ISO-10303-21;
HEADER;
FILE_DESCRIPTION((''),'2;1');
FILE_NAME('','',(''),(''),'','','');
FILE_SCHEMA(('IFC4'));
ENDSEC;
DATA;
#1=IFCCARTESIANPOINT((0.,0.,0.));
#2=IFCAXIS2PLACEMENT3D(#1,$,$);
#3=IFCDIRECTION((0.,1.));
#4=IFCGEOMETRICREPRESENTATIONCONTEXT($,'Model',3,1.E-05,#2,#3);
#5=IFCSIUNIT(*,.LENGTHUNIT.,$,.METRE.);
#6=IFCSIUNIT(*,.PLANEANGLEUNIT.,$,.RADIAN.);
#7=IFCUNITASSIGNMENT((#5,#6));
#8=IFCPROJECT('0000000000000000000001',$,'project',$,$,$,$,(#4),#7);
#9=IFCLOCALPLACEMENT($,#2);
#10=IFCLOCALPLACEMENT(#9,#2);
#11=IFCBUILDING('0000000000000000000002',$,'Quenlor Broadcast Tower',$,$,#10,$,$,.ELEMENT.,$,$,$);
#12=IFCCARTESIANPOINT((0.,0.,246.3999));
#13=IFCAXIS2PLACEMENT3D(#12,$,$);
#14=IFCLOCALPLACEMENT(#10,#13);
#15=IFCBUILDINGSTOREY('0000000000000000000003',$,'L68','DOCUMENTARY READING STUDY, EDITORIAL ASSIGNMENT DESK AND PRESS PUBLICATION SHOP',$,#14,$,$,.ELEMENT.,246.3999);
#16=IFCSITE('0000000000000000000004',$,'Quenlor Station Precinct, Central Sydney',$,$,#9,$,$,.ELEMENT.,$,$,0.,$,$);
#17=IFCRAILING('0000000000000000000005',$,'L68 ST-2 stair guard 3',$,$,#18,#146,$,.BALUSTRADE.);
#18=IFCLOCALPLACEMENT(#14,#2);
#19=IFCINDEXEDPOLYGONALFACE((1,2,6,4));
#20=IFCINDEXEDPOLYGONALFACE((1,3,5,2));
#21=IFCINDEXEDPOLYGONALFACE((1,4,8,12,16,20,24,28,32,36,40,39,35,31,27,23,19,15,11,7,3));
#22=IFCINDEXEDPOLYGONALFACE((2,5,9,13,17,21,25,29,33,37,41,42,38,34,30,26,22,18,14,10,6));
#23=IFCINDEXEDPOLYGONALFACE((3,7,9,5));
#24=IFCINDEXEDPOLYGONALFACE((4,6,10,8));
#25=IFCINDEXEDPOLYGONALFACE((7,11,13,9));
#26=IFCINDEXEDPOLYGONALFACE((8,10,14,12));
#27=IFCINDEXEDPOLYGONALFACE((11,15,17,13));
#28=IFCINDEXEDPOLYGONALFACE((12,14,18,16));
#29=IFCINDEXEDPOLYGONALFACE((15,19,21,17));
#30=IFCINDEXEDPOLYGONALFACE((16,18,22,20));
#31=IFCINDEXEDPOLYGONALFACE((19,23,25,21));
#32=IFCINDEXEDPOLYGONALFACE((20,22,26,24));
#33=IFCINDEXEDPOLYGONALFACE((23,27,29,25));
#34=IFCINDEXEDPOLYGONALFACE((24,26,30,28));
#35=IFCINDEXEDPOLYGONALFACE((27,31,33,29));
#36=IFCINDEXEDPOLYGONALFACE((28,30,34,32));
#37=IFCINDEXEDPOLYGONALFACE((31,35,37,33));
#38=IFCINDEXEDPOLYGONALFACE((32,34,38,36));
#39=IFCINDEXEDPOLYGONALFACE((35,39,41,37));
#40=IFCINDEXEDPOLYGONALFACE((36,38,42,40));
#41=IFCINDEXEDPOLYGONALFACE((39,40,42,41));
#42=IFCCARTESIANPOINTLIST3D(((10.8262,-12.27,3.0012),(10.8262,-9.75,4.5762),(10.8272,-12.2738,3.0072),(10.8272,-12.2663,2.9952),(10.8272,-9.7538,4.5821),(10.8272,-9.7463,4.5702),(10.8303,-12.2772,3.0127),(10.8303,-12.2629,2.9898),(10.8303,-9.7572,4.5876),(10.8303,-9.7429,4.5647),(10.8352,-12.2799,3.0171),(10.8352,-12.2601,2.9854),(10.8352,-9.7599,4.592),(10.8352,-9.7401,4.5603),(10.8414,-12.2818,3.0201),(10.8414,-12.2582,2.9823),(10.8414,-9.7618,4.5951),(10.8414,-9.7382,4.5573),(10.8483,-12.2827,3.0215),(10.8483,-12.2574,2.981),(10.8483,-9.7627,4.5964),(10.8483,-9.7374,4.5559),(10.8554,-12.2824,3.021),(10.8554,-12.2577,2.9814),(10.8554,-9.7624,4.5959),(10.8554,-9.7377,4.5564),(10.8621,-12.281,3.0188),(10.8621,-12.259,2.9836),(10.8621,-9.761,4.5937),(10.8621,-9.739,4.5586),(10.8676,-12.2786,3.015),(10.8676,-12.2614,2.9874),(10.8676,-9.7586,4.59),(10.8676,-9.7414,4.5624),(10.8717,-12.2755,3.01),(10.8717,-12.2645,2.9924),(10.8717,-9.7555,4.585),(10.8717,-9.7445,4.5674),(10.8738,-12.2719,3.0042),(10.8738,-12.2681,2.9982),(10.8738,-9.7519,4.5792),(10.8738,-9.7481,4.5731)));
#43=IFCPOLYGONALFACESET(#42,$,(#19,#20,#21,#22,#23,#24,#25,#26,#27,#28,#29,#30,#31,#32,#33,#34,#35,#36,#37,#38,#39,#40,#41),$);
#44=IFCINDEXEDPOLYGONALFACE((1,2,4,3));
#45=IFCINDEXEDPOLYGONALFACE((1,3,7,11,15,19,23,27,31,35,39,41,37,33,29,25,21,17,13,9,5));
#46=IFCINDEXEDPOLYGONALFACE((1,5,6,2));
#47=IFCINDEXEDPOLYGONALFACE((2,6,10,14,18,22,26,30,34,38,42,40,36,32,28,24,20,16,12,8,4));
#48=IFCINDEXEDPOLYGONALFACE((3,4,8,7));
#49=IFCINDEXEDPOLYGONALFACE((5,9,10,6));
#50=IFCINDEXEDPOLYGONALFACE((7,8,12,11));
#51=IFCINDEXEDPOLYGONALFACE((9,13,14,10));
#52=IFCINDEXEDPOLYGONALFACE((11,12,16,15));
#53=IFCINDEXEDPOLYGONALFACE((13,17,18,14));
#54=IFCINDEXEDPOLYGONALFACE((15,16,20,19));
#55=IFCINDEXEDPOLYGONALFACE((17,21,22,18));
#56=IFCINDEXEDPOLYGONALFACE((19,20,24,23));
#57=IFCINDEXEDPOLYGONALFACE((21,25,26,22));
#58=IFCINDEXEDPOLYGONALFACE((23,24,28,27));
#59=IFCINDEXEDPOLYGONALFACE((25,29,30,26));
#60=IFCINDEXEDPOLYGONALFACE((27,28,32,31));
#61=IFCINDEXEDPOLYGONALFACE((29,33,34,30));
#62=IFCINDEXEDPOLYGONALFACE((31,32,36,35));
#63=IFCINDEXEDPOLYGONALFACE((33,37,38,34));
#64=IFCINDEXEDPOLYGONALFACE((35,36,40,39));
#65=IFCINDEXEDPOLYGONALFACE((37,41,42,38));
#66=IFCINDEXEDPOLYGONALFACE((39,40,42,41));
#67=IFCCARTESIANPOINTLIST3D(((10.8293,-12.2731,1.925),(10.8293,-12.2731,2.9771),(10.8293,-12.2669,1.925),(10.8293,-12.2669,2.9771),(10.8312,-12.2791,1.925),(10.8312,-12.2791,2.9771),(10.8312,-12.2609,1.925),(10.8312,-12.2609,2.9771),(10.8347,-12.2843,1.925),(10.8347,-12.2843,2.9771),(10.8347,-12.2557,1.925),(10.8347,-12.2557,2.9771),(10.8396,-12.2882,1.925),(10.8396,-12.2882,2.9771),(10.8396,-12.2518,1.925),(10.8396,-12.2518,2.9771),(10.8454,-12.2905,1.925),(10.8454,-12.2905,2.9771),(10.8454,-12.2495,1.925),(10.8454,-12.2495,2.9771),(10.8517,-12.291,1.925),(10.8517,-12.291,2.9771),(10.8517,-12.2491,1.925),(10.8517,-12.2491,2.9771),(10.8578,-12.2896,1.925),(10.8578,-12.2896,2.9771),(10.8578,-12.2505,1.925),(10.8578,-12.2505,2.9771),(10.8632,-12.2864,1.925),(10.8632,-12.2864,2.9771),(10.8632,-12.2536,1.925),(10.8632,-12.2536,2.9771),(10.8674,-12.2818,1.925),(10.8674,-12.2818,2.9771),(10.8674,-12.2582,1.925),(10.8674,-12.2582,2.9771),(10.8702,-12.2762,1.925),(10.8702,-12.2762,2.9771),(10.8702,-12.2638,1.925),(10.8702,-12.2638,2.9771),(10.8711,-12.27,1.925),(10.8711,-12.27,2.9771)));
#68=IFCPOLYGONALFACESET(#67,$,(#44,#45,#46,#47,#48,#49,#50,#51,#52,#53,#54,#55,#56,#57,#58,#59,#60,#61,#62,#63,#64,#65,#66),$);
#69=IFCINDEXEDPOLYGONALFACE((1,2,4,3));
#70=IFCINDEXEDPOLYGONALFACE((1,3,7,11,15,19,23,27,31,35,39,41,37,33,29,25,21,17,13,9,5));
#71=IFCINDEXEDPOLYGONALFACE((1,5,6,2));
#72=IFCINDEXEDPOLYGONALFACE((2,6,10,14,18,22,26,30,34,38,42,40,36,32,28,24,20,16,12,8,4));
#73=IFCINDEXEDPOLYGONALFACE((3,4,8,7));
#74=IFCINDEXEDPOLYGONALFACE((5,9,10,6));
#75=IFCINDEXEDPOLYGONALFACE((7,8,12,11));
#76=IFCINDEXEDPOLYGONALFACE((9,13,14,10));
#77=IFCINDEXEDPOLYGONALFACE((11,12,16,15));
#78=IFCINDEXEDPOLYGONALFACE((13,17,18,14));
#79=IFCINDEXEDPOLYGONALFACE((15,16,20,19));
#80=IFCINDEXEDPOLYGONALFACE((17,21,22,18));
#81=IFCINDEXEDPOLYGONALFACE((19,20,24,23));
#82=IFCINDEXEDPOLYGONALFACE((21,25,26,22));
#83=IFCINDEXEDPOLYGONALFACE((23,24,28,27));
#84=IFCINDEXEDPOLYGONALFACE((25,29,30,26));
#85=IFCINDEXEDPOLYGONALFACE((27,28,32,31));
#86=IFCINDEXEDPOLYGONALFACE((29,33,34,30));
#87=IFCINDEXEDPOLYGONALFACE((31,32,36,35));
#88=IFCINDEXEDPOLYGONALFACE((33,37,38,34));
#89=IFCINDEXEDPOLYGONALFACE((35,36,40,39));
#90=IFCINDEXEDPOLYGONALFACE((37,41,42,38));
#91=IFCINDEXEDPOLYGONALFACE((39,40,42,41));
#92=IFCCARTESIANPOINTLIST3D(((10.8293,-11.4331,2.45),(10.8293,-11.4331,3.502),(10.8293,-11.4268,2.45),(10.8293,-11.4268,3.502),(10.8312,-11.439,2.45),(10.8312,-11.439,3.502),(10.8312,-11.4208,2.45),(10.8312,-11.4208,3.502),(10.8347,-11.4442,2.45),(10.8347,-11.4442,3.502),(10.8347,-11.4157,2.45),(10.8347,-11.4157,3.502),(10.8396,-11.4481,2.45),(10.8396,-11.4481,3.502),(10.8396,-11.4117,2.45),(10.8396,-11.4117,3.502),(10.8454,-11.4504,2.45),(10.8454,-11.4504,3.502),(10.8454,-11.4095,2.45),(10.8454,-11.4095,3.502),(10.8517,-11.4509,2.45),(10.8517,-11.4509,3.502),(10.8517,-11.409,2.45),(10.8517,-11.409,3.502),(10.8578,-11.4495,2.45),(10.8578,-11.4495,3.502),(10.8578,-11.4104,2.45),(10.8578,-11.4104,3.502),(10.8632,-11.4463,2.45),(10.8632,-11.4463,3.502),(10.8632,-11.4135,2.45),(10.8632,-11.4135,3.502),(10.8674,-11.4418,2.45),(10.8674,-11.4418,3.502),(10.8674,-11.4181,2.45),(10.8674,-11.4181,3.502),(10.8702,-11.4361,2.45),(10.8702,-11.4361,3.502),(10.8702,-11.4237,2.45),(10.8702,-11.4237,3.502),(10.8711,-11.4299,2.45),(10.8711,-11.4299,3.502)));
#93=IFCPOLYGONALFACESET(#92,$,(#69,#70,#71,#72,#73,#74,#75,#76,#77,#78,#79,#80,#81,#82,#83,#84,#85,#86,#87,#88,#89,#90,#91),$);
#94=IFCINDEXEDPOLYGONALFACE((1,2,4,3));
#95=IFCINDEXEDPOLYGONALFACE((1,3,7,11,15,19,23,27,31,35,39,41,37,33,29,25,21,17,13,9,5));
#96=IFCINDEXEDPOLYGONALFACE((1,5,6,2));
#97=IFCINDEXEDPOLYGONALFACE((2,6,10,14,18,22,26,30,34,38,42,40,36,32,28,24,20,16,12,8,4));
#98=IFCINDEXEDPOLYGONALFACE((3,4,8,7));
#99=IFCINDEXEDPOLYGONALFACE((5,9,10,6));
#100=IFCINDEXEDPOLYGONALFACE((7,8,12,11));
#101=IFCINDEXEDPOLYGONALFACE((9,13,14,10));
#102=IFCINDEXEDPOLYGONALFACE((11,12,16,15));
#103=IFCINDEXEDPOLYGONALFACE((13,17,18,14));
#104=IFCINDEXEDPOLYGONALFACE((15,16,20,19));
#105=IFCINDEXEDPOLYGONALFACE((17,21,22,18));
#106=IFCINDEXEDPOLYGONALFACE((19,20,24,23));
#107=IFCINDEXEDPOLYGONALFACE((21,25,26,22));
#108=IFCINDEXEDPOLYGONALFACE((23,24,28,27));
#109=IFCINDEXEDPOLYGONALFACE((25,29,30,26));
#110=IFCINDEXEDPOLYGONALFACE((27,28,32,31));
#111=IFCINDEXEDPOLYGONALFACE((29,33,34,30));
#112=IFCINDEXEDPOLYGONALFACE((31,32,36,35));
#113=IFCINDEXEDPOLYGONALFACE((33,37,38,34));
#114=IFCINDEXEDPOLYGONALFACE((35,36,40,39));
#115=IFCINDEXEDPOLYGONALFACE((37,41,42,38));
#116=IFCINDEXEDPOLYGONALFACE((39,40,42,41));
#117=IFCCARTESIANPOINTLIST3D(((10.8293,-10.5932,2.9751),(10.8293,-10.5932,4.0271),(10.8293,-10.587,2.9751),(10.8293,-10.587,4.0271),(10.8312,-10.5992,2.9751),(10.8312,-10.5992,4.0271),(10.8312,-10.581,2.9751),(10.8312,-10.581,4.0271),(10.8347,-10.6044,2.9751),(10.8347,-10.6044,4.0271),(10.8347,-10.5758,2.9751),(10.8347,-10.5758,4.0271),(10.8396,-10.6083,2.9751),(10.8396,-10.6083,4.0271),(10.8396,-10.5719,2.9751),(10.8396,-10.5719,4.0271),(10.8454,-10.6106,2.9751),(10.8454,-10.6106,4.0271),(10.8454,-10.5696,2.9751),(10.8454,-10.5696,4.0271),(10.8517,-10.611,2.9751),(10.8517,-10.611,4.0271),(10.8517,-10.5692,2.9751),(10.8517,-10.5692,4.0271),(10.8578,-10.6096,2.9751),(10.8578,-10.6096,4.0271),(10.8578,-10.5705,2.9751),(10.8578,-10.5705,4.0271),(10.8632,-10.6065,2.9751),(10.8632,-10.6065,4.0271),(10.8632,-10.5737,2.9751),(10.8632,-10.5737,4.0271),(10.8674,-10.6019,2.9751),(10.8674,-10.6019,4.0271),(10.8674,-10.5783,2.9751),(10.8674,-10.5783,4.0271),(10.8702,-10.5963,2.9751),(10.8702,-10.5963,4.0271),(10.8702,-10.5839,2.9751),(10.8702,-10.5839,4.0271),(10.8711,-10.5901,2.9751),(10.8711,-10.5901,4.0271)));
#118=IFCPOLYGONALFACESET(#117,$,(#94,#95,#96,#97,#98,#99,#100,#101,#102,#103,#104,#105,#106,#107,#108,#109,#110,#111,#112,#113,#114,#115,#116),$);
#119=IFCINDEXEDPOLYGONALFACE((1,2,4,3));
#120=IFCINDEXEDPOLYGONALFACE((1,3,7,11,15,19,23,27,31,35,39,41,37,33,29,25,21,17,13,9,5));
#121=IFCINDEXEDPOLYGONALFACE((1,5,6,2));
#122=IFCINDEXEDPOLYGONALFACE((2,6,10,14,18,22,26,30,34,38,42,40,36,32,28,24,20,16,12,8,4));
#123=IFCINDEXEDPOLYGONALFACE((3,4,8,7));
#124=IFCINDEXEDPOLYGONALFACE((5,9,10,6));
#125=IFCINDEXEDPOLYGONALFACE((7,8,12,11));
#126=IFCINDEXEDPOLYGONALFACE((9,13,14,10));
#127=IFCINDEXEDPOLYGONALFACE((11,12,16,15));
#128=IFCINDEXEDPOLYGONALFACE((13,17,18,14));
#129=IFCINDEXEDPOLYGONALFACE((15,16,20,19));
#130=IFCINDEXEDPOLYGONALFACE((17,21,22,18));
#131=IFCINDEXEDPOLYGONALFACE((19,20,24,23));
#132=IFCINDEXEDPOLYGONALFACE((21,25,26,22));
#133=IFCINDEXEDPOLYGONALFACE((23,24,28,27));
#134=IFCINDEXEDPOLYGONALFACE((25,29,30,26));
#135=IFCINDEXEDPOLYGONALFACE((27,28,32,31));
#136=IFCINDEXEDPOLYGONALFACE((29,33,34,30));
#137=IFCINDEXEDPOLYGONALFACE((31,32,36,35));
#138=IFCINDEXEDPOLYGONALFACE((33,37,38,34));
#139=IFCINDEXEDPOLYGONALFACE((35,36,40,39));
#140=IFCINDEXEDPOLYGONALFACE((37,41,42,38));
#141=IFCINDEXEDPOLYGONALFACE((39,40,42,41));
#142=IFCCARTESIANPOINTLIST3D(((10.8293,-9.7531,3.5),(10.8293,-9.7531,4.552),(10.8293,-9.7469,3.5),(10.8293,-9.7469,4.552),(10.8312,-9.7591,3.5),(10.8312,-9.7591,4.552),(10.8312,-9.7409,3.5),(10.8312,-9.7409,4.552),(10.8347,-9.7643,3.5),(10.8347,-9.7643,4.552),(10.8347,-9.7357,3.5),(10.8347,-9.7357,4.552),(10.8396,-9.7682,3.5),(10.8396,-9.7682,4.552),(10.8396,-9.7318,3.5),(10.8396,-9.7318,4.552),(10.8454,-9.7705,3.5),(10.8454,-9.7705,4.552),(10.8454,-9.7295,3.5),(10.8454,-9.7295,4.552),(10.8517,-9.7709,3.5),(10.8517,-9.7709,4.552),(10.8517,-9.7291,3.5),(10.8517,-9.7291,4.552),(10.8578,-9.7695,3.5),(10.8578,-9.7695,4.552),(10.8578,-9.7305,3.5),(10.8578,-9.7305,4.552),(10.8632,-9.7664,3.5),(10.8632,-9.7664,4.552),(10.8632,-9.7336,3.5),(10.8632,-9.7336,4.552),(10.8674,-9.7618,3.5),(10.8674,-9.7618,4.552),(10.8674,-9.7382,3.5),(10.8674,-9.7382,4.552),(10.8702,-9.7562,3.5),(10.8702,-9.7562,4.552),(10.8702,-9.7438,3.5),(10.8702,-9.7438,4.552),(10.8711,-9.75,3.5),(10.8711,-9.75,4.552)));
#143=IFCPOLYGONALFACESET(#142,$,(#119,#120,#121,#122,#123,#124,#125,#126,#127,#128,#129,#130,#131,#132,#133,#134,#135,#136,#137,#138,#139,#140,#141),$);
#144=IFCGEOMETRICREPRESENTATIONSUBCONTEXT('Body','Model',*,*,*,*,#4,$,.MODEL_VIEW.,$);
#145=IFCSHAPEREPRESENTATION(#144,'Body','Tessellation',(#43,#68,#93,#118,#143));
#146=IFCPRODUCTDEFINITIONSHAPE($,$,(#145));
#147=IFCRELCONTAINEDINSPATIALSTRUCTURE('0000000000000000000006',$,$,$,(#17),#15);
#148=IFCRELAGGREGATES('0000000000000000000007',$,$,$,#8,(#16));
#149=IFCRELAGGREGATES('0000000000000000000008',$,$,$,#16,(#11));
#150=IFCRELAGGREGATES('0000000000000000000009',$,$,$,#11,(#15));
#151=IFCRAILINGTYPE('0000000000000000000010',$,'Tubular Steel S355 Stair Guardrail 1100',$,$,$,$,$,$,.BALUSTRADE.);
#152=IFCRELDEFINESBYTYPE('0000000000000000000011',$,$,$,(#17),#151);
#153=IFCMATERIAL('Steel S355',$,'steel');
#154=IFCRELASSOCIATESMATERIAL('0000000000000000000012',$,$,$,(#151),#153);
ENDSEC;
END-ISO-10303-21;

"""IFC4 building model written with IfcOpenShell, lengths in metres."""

from ifc_helpers import new_model, si_unit, direction, frame, origin, origin_2d, place, context, subcontext, project, spatial, circle, extrude, material, type_object, element, save


model = new_model("IFC4")

# Units and contexts
model_context = context("Model", 3, precision=1e-05, world=origin(), true_north=direction((0.0, 1.0)))
body_context = subcontext(model_context, "Body", "Model", "MODEL_VIEW")
ifc_project = project(units=[si_unit("LENGTHUNIT", "METRE"), si_unit("PLANEANGLEUNIT", "RADIAN")], contexts=[model_context])

# Site, building, storey
site_placement = place(None, origin())
site = spatial("IfcSite", under=ifc_project, at=site_placement, Name="Quenlor Station Precinct, Central Sydney", CompositionType="ELEMENT", RefElevation=0.0)
building_placement = place(site_placement, origin())
building = spatial("IfcBuilding", under=site, at=building_placement, Name="Quenlor Broadcast Tower", CompositionType="ELEMENT")
storey_placement = place(building_placement, frame((0.0, 0.0, 246.3999)))
storey = spatial("IfcBuildingStorey", under=building, at=storey_placement, Name="L68", Description="DOCUMENTARY READING STUDY, EDITORIAL ASSIGNMENT DESK AND PRESS PUBLICATION SHOP", CompositionType="ELEMENT", Elevation=246.3999)

# Railing
ifc_material_1 = material(Name="Steel S355", Category="steel")
railing_type_1 = type_object("IfcRailingType", Name="Tubular Steel S355 Stair Guardrail 1100", PredefinedType="BALUSTRADE", material=ifc_material_1)
railing_1_placement = place(storey_placement, frame((10.8501, -12.27, 1.925)))
element("IfcRailing", 1, at=railing_1_placement, inside=storey, type_object=railing_type_1, Name="L68 ST-2 stair guard 3", PredefinedType="BALUSTRADE", context=body_context, shape_type="SweptSolid", body=[
    extrude(circle(Radius=0.0239, at=origin_2d()), frame((0.0, 0.0, 1.0762), z_axis=(0.0, 0.848008, 0.529984), x_axis=(-1.0, 0.0, 0.0)), (0.0, 0.0, 1.0), 2.9717),
    extrude(circle(Radius=0.021, at=origin_2d()), origin(), (0.0, 0.0, 1.0), 1.052),
    extrude(circle(Radius=0.021, at=origin_2d()), frame((0.0, 0.8401, 0.5249)), (0.0, 0.0, 1.0), 1.052),
    extrude(circle(Radius=0.021, at=origin_2d()), frame((0.0, 1.6799, 1.05)), (0.0, 0.0, 1.0), 1.052),
    extrude(circle(Radius=0.021, at=origin_2d()), frame((0.0, 2.52, 1.575)), (0.0, 0.0, 1.0), 1.052),
])

save(model, "model.ifc")
